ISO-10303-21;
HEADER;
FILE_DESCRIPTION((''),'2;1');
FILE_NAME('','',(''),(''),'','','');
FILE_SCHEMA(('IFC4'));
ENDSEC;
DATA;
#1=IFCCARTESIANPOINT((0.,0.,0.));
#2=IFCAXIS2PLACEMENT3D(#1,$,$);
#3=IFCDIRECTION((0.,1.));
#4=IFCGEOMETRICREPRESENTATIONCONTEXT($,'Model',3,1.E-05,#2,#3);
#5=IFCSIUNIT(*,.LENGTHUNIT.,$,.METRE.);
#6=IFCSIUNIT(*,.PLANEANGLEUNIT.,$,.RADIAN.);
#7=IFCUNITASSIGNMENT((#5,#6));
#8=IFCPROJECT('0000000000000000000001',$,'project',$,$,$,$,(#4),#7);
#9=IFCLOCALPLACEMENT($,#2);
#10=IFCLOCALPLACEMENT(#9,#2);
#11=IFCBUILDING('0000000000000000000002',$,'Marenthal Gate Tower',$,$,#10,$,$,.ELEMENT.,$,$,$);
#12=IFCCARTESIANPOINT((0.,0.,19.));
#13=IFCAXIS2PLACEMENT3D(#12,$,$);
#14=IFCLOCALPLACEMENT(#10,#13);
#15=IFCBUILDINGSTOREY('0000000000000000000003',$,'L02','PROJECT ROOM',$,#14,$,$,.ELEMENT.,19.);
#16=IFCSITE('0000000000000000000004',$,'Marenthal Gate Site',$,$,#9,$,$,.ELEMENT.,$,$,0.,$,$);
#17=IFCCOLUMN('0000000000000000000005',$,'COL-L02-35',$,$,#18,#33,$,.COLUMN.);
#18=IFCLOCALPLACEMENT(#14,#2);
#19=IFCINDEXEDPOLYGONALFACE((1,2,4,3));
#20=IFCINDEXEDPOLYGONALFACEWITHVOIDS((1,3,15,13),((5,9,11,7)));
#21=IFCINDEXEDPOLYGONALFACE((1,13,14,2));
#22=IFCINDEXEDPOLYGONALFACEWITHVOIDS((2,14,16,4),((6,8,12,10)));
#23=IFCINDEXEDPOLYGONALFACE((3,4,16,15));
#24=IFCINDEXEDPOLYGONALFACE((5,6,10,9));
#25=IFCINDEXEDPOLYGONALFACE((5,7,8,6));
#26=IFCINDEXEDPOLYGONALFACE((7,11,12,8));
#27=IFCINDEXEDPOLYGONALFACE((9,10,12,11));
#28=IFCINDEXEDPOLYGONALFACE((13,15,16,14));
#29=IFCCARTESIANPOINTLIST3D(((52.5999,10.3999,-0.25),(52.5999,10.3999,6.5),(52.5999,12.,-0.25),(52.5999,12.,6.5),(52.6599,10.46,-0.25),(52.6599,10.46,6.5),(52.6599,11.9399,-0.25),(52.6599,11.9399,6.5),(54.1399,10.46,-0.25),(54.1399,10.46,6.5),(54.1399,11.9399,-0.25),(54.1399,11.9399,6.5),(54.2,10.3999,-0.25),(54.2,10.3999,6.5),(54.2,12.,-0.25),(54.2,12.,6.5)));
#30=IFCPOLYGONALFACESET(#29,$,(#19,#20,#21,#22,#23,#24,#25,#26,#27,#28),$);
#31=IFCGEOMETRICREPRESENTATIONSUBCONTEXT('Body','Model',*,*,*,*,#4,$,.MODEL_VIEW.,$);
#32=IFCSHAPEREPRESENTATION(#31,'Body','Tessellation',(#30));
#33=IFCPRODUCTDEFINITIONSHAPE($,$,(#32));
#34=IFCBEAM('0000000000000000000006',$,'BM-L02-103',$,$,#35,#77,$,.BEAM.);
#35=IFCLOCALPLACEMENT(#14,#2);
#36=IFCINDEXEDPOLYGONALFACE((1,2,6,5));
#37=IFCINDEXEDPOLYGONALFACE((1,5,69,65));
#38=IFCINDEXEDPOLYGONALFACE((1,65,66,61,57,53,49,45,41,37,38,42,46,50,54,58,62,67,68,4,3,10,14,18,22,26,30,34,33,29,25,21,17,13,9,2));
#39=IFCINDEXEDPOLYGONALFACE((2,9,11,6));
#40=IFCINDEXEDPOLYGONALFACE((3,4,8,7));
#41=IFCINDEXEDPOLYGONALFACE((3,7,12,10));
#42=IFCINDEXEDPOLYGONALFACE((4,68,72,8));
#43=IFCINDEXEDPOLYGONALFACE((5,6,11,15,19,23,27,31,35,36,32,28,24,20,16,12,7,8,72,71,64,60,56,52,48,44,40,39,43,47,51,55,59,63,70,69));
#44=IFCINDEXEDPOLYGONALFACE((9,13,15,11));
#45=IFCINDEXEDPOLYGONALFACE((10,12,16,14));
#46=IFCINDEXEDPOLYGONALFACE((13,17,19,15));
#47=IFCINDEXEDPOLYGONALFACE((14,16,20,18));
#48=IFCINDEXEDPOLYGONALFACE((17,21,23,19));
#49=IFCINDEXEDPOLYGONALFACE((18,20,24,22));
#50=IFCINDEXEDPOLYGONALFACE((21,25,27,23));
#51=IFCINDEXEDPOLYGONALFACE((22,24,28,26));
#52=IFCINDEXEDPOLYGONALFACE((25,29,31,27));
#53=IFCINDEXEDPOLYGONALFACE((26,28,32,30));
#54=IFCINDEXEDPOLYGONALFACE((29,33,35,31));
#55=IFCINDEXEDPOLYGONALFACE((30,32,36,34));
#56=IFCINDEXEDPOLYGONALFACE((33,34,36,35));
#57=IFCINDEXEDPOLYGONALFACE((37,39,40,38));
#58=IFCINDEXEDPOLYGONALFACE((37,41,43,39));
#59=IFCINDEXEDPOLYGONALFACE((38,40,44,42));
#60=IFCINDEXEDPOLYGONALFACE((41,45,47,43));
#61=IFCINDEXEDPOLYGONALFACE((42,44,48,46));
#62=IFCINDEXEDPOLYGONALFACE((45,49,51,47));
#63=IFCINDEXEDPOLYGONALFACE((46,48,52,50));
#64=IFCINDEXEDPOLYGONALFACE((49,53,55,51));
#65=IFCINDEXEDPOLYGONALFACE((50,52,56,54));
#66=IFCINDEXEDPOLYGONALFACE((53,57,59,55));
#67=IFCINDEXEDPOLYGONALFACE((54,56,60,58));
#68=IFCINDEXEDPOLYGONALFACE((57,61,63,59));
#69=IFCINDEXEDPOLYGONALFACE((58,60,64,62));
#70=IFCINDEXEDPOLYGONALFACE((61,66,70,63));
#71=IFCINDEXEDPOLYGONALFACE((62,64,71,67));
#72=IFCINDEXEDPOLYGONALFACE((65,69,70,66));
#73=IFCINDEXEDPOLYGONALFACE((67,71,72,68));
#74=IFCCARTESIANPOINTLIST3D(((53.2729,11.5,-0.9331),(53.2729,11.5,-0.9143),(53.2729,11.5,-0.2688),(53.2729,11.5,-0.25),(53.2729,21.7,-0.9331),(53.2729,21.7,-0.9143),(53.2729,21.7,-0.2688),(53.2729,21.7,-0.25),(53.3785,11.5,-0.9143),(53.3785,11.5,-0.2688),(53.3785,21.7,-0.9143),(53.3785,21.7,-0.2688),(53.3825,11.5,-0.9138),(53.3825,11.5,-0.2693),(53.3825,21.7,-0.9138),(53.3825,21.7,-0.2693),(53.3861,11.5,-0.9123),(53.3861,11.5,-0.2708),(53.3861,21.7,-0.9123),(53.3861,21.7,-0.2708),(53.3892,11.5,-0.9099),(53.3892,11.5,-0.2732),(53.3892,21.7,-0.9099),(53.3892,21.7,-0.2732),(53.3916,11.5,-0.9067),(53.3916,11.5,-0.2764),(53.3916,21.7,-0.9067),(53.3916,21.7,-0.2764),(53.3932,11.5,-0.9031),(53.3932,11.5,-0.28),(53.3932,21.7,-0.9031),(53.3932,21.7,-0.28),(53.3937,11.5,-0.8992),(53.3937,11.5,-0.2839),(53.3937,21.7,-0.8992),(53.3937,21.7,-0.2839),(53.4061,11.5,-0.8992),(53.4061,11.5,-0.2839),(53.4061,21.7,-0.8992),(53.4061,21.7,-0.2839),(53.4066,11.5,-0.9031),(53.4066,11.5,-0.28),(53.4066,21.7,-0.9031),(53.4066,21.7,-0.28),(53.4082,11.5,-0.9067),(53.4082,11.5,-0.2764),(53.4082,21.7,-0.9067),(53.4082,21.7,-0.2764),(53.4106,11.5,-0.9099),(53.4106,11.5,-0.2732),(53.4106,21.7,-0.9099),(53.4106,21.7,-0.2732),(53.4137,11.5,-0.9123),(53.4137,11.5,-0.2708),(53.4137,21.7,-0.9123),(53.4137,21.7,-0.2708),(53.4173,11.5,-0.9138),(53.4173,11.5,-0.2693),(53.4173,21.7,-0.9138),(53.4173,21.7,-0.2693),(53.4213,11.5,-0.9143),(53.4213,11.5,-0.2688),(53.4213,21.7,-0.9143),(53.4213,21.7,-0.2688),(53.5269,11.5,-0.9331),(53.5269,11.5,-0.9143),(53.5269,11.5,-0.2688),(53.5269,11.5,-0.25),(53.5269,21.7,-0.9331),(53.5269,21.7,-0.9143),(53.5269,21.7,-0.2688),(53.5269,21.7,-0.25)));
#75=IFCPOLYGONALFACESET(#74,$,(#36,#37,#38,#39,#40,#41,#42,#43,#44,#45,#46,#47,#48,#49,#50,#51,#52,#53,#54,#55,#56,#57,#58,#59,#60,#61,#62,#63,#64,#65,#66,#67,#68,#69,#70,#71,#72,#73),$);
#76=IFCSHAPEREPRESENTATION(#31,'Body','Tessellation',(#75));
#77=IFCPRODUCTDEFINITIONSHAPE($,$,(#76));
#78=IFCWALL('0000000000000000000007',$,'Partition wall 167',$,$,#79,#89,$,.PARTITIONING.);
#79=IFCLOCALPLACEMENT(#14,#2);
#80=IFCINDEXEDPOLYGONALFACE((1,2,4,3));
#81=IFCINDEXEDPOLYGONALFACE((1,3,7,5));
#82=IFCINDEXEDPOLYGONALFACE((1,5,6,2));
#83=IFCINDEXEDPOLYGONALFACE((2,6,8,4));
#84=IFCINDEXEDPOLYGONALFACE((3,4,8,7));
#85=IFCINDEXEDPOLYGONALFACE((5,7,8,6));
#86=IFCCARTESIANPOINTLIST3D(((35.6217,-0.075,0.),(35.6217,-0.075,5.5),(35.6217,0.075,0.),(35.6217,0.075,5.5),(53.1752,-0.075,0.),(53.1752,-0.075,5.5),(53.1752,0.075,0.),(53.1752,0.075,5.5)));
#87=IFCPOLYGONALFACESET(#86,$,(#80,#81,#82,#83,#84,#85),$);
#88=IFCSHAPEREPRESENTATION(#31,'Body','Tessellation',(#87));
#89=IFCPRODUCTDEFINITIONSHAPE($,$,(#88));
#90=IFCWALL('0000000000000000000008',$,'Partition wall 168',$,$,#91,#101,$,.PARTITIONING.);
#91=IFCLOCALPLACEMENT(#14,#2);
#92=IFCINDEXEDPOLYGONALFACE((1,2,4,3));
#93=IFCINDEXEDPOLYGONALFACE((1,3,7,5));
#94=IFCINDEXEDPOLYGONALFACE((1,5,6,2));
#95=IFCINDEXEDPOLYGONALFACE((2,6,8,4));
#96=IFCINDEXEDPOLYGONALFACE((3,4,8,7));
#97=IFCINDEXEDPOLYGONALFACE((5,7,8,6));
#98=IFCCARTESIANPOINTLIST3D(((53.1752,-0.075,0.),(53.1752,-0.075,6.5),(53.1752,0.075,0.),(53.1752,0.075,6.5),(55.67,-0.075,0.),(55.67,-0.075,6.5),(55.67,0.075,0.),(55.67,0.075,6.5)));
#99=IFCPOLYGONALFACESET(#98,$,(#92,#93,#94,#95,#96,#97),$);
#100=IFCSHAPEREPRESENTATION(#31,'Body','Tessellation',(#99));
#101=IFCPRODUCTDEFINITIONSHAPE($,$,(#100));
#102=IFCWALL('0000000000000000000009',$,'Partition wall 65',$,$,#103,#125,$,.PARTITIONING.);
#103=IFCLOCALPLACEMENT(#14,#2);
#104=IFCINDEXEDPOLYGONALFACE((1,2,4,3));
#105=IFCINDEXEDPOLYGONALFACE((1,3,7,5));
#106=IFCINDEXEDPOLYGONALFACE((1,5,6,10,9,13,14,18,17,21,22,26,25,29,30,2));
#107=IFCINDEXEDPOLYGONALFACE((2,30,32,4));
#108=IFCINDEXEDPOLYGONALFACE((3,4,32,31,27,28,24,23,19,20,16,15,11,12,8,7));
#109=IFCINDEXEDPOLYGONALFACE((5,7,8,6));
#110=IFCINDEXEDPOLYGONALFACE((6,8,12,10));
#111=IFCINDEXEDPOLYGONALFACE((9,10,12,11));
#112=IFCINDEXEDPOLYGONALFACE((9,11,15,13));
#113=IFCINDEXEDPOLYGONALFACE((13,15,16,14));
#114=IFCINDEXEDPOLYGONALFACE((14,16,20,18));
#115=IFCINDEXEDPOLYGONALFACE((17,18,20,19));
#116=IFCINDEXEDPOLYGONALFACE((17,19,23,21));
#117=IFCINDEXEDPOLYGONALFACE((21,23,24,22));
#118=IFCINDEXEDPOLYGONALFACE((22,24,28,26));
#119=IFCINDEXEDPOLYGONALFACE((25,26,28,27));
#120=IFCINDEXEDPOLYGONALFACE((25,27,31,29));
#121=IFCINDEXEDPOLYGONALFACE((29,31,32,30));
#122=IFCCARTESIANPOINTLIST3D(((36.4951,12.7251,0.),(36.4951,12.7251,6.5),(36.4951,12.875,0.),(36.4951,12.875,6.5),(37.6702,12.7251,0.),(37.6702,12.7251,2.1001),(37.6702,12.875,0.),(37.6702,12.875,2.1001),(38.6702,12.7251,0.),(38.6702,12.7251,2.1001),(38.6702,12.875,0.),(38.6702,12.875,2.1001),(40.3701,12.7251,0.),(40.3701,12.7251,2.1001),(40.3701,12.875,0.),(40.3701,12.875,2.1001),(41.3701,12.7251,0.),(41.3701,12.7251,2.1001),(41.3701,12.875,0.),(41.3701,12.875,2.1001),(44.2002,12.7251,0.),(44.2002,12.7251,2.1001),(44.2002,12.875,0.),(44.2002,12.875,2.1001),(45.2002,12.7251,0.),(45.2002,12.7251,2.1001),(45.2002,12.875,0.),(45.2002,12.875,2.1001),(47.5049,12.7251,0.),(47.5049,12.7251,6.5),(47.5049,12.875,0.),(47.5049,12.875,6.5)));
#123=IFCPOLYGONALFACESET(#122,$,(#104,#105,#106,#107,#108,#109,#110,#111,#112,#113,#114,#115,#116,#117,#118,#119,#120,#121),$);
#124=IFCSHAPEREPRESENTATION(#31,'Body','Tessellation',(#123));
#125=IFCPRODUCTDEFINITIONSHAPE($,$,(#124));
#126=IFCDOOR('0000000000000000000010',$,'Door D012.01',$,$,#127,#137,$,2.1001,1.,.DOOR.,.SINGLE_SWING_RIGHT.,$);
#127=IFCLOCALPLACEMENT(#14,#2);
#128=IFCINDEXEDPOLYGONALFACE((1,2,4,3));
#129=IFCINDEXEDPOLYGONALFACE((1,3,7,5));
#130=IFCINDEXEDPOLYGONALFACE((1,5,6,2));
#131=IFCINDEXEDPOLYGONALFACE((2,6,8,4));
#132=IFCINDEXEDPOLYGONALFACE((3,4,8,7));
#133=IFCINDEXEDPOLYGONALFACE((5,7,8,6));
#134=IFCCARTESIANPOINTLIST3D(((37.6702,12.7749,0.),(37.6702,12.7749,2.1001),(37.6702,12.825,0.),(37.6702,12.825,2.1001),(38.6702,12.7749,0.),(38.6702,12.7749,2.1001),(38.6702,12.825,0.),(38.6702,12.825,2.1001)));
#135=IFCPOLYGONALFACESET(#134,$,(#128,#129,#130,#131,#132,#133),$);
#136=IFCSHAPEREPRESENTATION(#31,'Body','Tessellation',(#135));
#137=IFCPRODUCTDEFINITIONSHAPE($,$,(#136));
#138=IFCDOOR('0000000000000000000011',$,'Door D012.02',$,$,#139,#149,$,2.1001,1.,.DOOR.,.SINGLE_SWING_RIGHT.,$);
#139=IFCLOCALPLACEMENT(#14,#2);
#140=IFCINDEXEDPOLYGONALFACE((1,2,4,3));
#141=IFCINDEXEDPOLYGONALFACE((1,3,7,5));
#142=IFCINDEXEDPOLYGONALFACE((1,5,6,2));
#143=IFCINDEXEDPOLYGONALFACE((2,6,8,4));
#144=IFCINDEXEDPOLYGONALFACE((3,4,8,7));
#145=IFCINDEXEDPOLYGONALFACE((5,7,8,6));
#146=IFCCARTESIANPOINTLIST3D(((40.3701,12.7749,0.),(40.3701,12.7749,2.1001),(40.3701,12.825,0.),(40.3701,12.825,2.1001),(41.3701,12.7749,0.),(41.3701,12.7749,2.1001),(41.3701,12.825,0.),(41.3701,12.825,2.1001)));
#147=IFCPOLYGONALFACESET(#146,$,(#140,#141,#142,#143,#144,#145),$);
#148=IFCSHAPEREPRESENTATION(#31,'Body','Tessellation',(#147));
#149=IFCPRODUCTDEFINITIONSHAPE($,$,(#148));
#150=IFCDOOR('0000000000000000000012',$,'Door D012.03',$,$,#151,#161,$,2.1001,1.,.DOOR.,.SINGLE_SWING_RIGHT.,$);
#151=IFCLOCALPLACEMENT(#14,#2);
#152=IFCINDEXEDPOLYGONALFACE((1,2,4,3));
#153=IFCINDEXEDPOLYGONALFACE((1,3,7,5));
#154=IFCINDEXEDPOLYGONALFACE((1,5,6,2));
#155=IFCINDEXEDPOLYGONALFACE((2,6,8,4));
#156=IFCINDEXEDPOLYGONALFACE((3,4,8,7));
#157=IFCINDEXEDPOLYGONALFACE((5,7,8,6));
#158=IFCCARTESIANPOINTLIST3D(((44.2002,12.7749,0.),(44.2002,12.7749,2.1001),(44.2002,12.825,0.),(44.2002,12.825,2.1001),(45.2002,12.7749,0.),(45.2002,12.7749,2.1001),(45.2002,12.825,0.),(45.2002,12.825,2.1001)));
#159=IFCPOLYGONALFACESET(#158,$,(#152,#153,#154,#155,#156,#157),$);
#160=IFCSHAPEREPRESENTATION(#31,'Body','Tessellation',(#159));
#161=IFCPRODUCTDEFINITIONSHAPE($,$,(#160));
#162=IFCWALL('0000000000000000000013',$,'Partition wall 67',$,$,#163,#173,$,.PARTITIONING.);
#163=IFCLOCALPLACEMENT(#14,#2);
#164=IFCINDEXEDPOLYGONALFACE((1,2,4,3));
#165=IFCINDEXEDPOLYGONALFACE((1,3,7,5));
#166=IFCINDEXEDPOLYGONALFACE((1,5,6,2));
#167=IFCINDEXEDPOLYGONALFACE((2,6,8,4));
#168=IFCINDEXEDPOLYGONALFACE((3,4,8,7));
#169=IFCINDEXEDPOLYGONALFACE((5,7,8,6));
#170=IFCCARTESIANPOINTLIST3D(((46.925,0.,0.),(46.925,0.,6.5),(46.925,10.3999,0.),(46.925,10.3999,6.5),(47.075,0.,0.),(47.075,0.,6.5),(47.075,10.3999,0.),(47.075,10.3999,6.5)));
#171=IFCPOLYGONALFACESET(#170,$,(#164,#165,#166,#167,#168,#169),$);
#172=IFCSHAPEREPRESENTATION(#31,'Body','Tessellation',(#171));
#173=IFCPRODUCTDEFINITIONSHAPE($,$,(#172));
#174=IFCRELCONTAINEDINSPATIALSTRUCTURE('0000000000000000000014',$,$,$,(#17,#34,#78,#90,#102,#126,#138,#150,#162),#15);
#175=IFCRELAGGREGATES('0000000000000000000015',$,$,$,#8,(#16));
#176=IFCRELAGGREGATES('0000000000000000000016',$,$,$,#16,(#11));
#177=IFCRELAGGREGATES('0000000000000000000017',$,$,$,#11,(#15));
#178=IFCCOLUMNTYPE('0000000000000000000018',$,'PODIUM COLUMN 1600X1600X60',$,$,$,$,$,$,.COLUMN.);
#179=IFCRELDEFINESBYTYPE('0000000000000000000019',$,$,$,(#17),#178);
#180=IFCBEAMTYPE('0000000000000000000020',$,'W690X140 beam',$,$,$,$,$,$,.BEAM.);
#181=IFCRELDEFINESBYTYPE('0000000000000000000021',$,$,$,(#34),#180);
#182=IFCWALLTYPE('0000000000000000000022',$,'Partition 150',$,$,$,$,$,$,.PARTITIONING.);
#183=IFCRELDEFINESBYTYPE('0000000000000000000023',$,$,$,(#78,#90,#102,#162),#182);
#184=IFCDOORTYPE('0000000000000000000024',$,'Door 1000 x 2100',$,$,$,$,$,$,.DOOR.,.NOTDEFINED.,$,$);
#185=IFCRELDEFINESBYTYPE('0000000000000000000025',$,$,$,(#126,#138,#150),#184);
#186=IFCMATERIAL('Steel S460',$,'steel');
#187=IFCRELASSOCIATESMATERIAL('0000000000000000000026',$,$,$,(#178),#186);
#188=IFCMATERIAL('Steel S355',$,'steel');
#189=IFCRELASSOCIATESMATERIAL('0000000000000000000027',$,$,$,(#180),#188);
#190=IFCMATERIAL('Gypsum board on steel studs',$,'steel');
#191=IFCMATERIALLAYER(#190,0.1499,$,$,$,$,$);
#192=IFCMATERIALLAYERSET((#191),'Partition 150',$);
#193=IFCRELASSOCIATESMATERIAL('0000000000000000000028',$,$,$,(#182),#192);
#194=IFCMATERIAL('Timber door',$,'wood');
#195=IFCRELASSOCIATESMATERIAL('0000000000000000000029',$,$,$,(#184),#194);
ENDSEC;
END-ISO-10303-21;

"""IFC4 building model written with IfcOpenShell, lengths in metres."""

from ifc_helpers import new_model, si_unit, direction, frame, frame_2d, origin, origin_2d, place, context, subcontext, project, spatial, rectangle, hollow_rectangle, i_section, extrude, material, layer, layer_set, material_profile, profile_set, type_object, element, fill, save


model = new_model("IFC4")

# Units and contexts
model_context = context("Model", 3, precision=1e-05, world=origin(), true_north=direction((0.0, 1.0)))
body_context = subcontext(model_context, "Body", "Model", "MODEL_VIEW")
ifc_project = project(units=[si_unit("LENGTHUNIT", "METRE"), si_unit("PLANEANGLEUNIT", "RADIAN")], contexts=[model_context])

# Site, building, storey
site_placement = place(None, origin())
site = spatial("IfcSite", under=ifc_project, at=site_placement, Name="Marenthal Gate Site", CompositionType="ELEMENT", RefElevation=0.0)
building_placement = place(site_placement, origin())
building = spatial("IfcBuilding", under=site, at=building_placement, Name="Marenthal Gate Tower", CompositionType="ELEMENT")
storey_placement = place(building_placement, frame((0.0, 0.0, 19.0)))
storey = spatial("IfcBuildingStorey", under=building, at=storey_placement, Name="L02", Description="PROJECT ROOM", CompositionType="ELEMENT", Elevation=19.0)

# Column
ifc_material_1 = material(Name="Steel S460", Category="steel")
ifc_material_profile_1 = material_profile(ifc_material_1, hollow_rectangle(XDim=1.6001, YDim=1.6001, WallThickness=0.0601, at=origin_2d()), Name="CFT BOX 1600X1600X60")
ifc_material_2 = material(Name="Concrete 70 MPa", Category="concrete")
ifc_material_profile_2 = material_profile(ifc_material_2, rectangle(XDim=1.48, YDim=1.48, at=origin_2d()), Name="CFT BOX 1600X1600X60 INFILL")
ifc_profile_set_1 = profile_set([ifc_material_profile_1, ifc_material_profile_2], Name="Steel S460 shell, Concrete 70 MPa infill")
column_type = type_object("IfcColumnType", Name="PODIUM COLUMN 1600X1600X60", PredefinedType="COLUMN", material=ifc_profile_set_1)
column_placement = place(storey_placement, frame((53.3999, 11.2, -0.25), z_axis=(0.0, 0.0, 1.0), x_axis=(1.0, 0.0, 0.0)))
element("IfcColumn", 1, at=column_placement, inside=storey, type_object=column_type, Name="COL-L02-35", PredefinedType="COLUMN", context=body_context, shape_type="SweptSolid", body=[
    extrude(hollow_rectangle(XDim=1.6001, YDim=1.6001, WallThickness=0.0601, at=origin_2d()), origin(), (0.0, 0.0, 1.0), 6.75),
])

# Beam
ifc_material_3 = material(Name="Steel S355", Category="steel")
ifc_material_profile_3 = material_profile(ifc_material_3, i_section(OverallWidth=0.2539, OverallDepth=0.6831, WebThickness=0.0125, FlangeThickness=0.0188, FilletRadius=0.0151, at=origin_2d()), Name="W690X140")
ifc_profile_set_2 = profile_set([ifc_material_profile_3], Name="Steel S355")
beam_type = type_object("IfcBeamType", Name="W690X140 beam", PredefinedType="BEAM", material=ifc_profile_set_2)
beam_placement = place(storey_placement, frame((53.3999, 11.5, -0.5916), z_axis=(0.0, 1.0, 0.0), x_axis=(-1.0, 0.0, 0.0)))
element("IfcBeam", 2, at=beam_placement, inside=storey, type_object=beam_type, Name="BM-L02-103", PredefinedType="BEAM", context=body_context, shape_type="SweptSolid", body=[
    extrude(i_section(OverallWidth=0.2539, OverallDepth=0.6831, WebThickness=0.0125, FlangeThickness=0.0188, FilletRadius=0.0151, at=origin_2d()), origin(), (0.0, 0.0, 1.0), 10.2),
])

# Walls
ifc_material_4 = material(Name="Gypsum board on steel studs", Category="steel")
ifc_layer_1 = layer(ifc_material_4, 0.1499)
ifc_layer_set_1 = layer_set([ifc_layer_1], Name="Partition 150")
wall_type_1 = type_object("IfcWallType", Name="Partition 150", PredefinedType="PARTITIONING", material=ifc_layer_set_1)
wall_1_placement = place(storey_placement, frame((35.6216, 0.0, 0.0), z_axis=(0.0, 0.0, 1.0), x_axis=(1.0, 0.0, 0.0)))
element("IfcWall", 3, at=wall_1_placement, inside=storey, type_object=wall_type_1, Name="Partition wall 167", PredefinedType="PARTITIONING", context=body_context, shape_type="SweptSolid", body=[
    extrude(rectangle(XDim=17.5535, YDim=0.1499, at=frame_2d((8.7769, 0.0))), origin(), (0.0, 0.0, 1.0), 5.5),
])
wall_2_placement = place(storey_placement, frame((53.175, 0.0, 0.0), z_axis=(0.0, 0.0, 1.0), x_axis=(1.0, 0.0, 0.0)))
element("IfcWall", 4, at=wall_2_placement, inside=storey, type_object=wall_type_1, Name="Partition wall 168", PredefinedType="PARTITIONING", context=body_context, shape_type="SweptSolid", body=[
    extrude(rectangle(XDim=2.4949, YDim=0.1499, at=frame_2d((1.2476, 0.0))), origin(), (0.0, 0.0, 1.0), 6.5),
])

# Wall, openings, doors
wall_3_placement = place(storey_placement, frame((36.4951, 12.8, 0.0), z_axis=(0.0, 0.0, 1.0), x_axis=(1.0, 0.0, 0.0)))
wall_3 = element("IfcWall", 5, at=wall_3_placement, inside=storey, type_object=wall_type_1, Name="Partition wall 65", PredefinedType="PARTITIONING", context=body_context, shape_type="SweptSolid", body=[
    extrude(rectangle(XDim=11.0098, YDim=0.1499, at=frame_2d((5.5049, 0.0))), origin(), (0.0, 0.0, 1.0), 6.5),
])
opening_1_placement = place(wall_3_placement, frame((1.175, 0.0, 0.0)))
opening_1 = element("IfcOpeningElement", 6, at=opening_1_placement, cuts=wall_3, PredefinedType="OPENING", context=body_context, shape_type="SweptSolid", body=[
    extrude(rectangle(XDim=1.0, YDim=2.1001, at=frame_2d((0.5, 1.05))), frame((0.0, 0.085, 0.0), z_axis=(0.0, -1.0, 0.0), x_axis=(1.0, 0.0, 0.0)), (0.0, 0.0, 1.0), 0.1699),
])
opening_2_placement = place(wall_3_placement, frame((3.875, 0.0, 0.0)))
opening_2 = element("IfcOpeningElement", 7, at=opening_2_placement, cuts=wall_3, PredefinedType="OPENING", context=body_context, shape_type="SweptSolid", body=[
    extrude(rectangle(XDim=1.0, YDim=2.1001, at=frame_2d((0.5, 1.05))), frame((0.0, 0.085, 0.0), z_axis=(0.0, -1.0, 0.0), x_axis=(1.0, 0.0, 0.0)), (0.0, 0.0, 1.0), 0.1699),
])
opening_3_placement = place(wall_3_placement, frame((7.7051, 0.0, 0.0)))
opening_3 = element("IfcOpeningElement", 8, at=opening_3_placement, cuts=wall_3, PredefinedType="OPENING", context=body_context, shape_type="SweptSolid", body=[
    extrude(rectangle(XDim=1.0, YDim=2.1001, at=frame_2d((0.5, 1.05))), frame((0.0, 0.085, 0.0), z_axis=(0.0, -1.0, 0.0), x_axis=(1.0, 0.0, 0.0)), (0.0, 0.0, 1.0), 0.1699),
])
ifc_material_5 = material(Name="Timber door", Category="wood")
door_type_1 = type_object("IfcDoorType", Name="Door 1000 x 2100", OperationType="NOTDEFINED", PredefinedType="DOOR", material=ifc_material_5)
door_1_placement = place(opening_1_placement, origin())
door_1 = element("IfcDoor", 9, at=door_1_placement, inside=storey, type_object=door_type_1, Name="Door D012.01", OperationType="SINGLE_SWING_RIGHT", OverallHeight=2.1001, OverallWidth=1.0, PredefinedType="DOOR", context=body_context, shape_type="SweptSolid", body=[
    extrude(rectangle(XDim=1.0, YDim=2.1001, at=frame_2d((0.5, 1.05))), frame((0.0, 0.0249, 0.0), z_axis=(0.0, -1.0, 0.0), x_axis=(1.0, 0.0, 0.0)), (0.0, 0.0, 1.0), 0.05),
])
fill(opening_1, door_1)
door_2_placement = place(opening_2_placement, origin())
door_2 = element("IfcDoor", 10, at=door_2_placement, inside=storey, type_object=door_type_1, Name="Door D012.02", OperationType="SINGLE_SWING_RIGHT", OverallHeight=2.1001, OverallWidth=1.0, PredefinedType="DOOR", context=body_context, shape_type="SweptSolid", body=[
    extrude(rectangle(XDim=1.0, YDim=2.1001, at=frame_2d((0.5, 1.05))), frame((0.0, 0.0249, 0.0), z_axis=(0.0, -1.0, 0.0), x_axis=(1.0, 0.0, 0.0)), (0.0, 0.0, 1.0), 0.05),
])
fill(opening_2, door_2)
door_3_placement = place(opening_3_placement, origin())
door_3 = element("IfcDoor", 11, at=door_3_placement, inside=storey, type_object=door_type_1, Name="Door D012.03", OperationType="SINGLE_SWING_RIGHT", OverallHeight=2.1001, OverallWidth=1.0, PredefinedType="DOOR", context=body_context, shape_type="SweptSolid", body=[
    extrude(rectangle(XDim=1.0, YDim=2.1001, at=frame_2d((0.5, 1.05))), frame((0.0, 0.0249, 0.0), z_axis=(0.0, -1.0, 0.0), x_axis=(1.0, 0.0, 0.0)), (0.0, 0.0, 1.0), 0.05),
])
fill(opening_3, door_3)

# Wall
for number, where, z_axis, x_axis, name in (
    (12, (47.0, 0.0, 0.0), (0.0, 0.0, 1.0), (0.0, 1.0, 0.0), "Partition wall 67"),
):
    element("IfcWall", number, at=place(storey_placement, frame(where, z_axis=z_axis, x_axis=x_axis)), inside=storey, type_object=wall_type_1, Name=name, PredefinedType="PARTITIONING", context=body_context, shape_type="SweptSolid", body=[
        extrude(rectangle(XDim=10.3999, YDim=0.1499, at=frame_2d((5.2, 0.0))), origin(), (0.0, 0.0, 1.0), 6.5),
    ])

save(model, "model.ifc")
